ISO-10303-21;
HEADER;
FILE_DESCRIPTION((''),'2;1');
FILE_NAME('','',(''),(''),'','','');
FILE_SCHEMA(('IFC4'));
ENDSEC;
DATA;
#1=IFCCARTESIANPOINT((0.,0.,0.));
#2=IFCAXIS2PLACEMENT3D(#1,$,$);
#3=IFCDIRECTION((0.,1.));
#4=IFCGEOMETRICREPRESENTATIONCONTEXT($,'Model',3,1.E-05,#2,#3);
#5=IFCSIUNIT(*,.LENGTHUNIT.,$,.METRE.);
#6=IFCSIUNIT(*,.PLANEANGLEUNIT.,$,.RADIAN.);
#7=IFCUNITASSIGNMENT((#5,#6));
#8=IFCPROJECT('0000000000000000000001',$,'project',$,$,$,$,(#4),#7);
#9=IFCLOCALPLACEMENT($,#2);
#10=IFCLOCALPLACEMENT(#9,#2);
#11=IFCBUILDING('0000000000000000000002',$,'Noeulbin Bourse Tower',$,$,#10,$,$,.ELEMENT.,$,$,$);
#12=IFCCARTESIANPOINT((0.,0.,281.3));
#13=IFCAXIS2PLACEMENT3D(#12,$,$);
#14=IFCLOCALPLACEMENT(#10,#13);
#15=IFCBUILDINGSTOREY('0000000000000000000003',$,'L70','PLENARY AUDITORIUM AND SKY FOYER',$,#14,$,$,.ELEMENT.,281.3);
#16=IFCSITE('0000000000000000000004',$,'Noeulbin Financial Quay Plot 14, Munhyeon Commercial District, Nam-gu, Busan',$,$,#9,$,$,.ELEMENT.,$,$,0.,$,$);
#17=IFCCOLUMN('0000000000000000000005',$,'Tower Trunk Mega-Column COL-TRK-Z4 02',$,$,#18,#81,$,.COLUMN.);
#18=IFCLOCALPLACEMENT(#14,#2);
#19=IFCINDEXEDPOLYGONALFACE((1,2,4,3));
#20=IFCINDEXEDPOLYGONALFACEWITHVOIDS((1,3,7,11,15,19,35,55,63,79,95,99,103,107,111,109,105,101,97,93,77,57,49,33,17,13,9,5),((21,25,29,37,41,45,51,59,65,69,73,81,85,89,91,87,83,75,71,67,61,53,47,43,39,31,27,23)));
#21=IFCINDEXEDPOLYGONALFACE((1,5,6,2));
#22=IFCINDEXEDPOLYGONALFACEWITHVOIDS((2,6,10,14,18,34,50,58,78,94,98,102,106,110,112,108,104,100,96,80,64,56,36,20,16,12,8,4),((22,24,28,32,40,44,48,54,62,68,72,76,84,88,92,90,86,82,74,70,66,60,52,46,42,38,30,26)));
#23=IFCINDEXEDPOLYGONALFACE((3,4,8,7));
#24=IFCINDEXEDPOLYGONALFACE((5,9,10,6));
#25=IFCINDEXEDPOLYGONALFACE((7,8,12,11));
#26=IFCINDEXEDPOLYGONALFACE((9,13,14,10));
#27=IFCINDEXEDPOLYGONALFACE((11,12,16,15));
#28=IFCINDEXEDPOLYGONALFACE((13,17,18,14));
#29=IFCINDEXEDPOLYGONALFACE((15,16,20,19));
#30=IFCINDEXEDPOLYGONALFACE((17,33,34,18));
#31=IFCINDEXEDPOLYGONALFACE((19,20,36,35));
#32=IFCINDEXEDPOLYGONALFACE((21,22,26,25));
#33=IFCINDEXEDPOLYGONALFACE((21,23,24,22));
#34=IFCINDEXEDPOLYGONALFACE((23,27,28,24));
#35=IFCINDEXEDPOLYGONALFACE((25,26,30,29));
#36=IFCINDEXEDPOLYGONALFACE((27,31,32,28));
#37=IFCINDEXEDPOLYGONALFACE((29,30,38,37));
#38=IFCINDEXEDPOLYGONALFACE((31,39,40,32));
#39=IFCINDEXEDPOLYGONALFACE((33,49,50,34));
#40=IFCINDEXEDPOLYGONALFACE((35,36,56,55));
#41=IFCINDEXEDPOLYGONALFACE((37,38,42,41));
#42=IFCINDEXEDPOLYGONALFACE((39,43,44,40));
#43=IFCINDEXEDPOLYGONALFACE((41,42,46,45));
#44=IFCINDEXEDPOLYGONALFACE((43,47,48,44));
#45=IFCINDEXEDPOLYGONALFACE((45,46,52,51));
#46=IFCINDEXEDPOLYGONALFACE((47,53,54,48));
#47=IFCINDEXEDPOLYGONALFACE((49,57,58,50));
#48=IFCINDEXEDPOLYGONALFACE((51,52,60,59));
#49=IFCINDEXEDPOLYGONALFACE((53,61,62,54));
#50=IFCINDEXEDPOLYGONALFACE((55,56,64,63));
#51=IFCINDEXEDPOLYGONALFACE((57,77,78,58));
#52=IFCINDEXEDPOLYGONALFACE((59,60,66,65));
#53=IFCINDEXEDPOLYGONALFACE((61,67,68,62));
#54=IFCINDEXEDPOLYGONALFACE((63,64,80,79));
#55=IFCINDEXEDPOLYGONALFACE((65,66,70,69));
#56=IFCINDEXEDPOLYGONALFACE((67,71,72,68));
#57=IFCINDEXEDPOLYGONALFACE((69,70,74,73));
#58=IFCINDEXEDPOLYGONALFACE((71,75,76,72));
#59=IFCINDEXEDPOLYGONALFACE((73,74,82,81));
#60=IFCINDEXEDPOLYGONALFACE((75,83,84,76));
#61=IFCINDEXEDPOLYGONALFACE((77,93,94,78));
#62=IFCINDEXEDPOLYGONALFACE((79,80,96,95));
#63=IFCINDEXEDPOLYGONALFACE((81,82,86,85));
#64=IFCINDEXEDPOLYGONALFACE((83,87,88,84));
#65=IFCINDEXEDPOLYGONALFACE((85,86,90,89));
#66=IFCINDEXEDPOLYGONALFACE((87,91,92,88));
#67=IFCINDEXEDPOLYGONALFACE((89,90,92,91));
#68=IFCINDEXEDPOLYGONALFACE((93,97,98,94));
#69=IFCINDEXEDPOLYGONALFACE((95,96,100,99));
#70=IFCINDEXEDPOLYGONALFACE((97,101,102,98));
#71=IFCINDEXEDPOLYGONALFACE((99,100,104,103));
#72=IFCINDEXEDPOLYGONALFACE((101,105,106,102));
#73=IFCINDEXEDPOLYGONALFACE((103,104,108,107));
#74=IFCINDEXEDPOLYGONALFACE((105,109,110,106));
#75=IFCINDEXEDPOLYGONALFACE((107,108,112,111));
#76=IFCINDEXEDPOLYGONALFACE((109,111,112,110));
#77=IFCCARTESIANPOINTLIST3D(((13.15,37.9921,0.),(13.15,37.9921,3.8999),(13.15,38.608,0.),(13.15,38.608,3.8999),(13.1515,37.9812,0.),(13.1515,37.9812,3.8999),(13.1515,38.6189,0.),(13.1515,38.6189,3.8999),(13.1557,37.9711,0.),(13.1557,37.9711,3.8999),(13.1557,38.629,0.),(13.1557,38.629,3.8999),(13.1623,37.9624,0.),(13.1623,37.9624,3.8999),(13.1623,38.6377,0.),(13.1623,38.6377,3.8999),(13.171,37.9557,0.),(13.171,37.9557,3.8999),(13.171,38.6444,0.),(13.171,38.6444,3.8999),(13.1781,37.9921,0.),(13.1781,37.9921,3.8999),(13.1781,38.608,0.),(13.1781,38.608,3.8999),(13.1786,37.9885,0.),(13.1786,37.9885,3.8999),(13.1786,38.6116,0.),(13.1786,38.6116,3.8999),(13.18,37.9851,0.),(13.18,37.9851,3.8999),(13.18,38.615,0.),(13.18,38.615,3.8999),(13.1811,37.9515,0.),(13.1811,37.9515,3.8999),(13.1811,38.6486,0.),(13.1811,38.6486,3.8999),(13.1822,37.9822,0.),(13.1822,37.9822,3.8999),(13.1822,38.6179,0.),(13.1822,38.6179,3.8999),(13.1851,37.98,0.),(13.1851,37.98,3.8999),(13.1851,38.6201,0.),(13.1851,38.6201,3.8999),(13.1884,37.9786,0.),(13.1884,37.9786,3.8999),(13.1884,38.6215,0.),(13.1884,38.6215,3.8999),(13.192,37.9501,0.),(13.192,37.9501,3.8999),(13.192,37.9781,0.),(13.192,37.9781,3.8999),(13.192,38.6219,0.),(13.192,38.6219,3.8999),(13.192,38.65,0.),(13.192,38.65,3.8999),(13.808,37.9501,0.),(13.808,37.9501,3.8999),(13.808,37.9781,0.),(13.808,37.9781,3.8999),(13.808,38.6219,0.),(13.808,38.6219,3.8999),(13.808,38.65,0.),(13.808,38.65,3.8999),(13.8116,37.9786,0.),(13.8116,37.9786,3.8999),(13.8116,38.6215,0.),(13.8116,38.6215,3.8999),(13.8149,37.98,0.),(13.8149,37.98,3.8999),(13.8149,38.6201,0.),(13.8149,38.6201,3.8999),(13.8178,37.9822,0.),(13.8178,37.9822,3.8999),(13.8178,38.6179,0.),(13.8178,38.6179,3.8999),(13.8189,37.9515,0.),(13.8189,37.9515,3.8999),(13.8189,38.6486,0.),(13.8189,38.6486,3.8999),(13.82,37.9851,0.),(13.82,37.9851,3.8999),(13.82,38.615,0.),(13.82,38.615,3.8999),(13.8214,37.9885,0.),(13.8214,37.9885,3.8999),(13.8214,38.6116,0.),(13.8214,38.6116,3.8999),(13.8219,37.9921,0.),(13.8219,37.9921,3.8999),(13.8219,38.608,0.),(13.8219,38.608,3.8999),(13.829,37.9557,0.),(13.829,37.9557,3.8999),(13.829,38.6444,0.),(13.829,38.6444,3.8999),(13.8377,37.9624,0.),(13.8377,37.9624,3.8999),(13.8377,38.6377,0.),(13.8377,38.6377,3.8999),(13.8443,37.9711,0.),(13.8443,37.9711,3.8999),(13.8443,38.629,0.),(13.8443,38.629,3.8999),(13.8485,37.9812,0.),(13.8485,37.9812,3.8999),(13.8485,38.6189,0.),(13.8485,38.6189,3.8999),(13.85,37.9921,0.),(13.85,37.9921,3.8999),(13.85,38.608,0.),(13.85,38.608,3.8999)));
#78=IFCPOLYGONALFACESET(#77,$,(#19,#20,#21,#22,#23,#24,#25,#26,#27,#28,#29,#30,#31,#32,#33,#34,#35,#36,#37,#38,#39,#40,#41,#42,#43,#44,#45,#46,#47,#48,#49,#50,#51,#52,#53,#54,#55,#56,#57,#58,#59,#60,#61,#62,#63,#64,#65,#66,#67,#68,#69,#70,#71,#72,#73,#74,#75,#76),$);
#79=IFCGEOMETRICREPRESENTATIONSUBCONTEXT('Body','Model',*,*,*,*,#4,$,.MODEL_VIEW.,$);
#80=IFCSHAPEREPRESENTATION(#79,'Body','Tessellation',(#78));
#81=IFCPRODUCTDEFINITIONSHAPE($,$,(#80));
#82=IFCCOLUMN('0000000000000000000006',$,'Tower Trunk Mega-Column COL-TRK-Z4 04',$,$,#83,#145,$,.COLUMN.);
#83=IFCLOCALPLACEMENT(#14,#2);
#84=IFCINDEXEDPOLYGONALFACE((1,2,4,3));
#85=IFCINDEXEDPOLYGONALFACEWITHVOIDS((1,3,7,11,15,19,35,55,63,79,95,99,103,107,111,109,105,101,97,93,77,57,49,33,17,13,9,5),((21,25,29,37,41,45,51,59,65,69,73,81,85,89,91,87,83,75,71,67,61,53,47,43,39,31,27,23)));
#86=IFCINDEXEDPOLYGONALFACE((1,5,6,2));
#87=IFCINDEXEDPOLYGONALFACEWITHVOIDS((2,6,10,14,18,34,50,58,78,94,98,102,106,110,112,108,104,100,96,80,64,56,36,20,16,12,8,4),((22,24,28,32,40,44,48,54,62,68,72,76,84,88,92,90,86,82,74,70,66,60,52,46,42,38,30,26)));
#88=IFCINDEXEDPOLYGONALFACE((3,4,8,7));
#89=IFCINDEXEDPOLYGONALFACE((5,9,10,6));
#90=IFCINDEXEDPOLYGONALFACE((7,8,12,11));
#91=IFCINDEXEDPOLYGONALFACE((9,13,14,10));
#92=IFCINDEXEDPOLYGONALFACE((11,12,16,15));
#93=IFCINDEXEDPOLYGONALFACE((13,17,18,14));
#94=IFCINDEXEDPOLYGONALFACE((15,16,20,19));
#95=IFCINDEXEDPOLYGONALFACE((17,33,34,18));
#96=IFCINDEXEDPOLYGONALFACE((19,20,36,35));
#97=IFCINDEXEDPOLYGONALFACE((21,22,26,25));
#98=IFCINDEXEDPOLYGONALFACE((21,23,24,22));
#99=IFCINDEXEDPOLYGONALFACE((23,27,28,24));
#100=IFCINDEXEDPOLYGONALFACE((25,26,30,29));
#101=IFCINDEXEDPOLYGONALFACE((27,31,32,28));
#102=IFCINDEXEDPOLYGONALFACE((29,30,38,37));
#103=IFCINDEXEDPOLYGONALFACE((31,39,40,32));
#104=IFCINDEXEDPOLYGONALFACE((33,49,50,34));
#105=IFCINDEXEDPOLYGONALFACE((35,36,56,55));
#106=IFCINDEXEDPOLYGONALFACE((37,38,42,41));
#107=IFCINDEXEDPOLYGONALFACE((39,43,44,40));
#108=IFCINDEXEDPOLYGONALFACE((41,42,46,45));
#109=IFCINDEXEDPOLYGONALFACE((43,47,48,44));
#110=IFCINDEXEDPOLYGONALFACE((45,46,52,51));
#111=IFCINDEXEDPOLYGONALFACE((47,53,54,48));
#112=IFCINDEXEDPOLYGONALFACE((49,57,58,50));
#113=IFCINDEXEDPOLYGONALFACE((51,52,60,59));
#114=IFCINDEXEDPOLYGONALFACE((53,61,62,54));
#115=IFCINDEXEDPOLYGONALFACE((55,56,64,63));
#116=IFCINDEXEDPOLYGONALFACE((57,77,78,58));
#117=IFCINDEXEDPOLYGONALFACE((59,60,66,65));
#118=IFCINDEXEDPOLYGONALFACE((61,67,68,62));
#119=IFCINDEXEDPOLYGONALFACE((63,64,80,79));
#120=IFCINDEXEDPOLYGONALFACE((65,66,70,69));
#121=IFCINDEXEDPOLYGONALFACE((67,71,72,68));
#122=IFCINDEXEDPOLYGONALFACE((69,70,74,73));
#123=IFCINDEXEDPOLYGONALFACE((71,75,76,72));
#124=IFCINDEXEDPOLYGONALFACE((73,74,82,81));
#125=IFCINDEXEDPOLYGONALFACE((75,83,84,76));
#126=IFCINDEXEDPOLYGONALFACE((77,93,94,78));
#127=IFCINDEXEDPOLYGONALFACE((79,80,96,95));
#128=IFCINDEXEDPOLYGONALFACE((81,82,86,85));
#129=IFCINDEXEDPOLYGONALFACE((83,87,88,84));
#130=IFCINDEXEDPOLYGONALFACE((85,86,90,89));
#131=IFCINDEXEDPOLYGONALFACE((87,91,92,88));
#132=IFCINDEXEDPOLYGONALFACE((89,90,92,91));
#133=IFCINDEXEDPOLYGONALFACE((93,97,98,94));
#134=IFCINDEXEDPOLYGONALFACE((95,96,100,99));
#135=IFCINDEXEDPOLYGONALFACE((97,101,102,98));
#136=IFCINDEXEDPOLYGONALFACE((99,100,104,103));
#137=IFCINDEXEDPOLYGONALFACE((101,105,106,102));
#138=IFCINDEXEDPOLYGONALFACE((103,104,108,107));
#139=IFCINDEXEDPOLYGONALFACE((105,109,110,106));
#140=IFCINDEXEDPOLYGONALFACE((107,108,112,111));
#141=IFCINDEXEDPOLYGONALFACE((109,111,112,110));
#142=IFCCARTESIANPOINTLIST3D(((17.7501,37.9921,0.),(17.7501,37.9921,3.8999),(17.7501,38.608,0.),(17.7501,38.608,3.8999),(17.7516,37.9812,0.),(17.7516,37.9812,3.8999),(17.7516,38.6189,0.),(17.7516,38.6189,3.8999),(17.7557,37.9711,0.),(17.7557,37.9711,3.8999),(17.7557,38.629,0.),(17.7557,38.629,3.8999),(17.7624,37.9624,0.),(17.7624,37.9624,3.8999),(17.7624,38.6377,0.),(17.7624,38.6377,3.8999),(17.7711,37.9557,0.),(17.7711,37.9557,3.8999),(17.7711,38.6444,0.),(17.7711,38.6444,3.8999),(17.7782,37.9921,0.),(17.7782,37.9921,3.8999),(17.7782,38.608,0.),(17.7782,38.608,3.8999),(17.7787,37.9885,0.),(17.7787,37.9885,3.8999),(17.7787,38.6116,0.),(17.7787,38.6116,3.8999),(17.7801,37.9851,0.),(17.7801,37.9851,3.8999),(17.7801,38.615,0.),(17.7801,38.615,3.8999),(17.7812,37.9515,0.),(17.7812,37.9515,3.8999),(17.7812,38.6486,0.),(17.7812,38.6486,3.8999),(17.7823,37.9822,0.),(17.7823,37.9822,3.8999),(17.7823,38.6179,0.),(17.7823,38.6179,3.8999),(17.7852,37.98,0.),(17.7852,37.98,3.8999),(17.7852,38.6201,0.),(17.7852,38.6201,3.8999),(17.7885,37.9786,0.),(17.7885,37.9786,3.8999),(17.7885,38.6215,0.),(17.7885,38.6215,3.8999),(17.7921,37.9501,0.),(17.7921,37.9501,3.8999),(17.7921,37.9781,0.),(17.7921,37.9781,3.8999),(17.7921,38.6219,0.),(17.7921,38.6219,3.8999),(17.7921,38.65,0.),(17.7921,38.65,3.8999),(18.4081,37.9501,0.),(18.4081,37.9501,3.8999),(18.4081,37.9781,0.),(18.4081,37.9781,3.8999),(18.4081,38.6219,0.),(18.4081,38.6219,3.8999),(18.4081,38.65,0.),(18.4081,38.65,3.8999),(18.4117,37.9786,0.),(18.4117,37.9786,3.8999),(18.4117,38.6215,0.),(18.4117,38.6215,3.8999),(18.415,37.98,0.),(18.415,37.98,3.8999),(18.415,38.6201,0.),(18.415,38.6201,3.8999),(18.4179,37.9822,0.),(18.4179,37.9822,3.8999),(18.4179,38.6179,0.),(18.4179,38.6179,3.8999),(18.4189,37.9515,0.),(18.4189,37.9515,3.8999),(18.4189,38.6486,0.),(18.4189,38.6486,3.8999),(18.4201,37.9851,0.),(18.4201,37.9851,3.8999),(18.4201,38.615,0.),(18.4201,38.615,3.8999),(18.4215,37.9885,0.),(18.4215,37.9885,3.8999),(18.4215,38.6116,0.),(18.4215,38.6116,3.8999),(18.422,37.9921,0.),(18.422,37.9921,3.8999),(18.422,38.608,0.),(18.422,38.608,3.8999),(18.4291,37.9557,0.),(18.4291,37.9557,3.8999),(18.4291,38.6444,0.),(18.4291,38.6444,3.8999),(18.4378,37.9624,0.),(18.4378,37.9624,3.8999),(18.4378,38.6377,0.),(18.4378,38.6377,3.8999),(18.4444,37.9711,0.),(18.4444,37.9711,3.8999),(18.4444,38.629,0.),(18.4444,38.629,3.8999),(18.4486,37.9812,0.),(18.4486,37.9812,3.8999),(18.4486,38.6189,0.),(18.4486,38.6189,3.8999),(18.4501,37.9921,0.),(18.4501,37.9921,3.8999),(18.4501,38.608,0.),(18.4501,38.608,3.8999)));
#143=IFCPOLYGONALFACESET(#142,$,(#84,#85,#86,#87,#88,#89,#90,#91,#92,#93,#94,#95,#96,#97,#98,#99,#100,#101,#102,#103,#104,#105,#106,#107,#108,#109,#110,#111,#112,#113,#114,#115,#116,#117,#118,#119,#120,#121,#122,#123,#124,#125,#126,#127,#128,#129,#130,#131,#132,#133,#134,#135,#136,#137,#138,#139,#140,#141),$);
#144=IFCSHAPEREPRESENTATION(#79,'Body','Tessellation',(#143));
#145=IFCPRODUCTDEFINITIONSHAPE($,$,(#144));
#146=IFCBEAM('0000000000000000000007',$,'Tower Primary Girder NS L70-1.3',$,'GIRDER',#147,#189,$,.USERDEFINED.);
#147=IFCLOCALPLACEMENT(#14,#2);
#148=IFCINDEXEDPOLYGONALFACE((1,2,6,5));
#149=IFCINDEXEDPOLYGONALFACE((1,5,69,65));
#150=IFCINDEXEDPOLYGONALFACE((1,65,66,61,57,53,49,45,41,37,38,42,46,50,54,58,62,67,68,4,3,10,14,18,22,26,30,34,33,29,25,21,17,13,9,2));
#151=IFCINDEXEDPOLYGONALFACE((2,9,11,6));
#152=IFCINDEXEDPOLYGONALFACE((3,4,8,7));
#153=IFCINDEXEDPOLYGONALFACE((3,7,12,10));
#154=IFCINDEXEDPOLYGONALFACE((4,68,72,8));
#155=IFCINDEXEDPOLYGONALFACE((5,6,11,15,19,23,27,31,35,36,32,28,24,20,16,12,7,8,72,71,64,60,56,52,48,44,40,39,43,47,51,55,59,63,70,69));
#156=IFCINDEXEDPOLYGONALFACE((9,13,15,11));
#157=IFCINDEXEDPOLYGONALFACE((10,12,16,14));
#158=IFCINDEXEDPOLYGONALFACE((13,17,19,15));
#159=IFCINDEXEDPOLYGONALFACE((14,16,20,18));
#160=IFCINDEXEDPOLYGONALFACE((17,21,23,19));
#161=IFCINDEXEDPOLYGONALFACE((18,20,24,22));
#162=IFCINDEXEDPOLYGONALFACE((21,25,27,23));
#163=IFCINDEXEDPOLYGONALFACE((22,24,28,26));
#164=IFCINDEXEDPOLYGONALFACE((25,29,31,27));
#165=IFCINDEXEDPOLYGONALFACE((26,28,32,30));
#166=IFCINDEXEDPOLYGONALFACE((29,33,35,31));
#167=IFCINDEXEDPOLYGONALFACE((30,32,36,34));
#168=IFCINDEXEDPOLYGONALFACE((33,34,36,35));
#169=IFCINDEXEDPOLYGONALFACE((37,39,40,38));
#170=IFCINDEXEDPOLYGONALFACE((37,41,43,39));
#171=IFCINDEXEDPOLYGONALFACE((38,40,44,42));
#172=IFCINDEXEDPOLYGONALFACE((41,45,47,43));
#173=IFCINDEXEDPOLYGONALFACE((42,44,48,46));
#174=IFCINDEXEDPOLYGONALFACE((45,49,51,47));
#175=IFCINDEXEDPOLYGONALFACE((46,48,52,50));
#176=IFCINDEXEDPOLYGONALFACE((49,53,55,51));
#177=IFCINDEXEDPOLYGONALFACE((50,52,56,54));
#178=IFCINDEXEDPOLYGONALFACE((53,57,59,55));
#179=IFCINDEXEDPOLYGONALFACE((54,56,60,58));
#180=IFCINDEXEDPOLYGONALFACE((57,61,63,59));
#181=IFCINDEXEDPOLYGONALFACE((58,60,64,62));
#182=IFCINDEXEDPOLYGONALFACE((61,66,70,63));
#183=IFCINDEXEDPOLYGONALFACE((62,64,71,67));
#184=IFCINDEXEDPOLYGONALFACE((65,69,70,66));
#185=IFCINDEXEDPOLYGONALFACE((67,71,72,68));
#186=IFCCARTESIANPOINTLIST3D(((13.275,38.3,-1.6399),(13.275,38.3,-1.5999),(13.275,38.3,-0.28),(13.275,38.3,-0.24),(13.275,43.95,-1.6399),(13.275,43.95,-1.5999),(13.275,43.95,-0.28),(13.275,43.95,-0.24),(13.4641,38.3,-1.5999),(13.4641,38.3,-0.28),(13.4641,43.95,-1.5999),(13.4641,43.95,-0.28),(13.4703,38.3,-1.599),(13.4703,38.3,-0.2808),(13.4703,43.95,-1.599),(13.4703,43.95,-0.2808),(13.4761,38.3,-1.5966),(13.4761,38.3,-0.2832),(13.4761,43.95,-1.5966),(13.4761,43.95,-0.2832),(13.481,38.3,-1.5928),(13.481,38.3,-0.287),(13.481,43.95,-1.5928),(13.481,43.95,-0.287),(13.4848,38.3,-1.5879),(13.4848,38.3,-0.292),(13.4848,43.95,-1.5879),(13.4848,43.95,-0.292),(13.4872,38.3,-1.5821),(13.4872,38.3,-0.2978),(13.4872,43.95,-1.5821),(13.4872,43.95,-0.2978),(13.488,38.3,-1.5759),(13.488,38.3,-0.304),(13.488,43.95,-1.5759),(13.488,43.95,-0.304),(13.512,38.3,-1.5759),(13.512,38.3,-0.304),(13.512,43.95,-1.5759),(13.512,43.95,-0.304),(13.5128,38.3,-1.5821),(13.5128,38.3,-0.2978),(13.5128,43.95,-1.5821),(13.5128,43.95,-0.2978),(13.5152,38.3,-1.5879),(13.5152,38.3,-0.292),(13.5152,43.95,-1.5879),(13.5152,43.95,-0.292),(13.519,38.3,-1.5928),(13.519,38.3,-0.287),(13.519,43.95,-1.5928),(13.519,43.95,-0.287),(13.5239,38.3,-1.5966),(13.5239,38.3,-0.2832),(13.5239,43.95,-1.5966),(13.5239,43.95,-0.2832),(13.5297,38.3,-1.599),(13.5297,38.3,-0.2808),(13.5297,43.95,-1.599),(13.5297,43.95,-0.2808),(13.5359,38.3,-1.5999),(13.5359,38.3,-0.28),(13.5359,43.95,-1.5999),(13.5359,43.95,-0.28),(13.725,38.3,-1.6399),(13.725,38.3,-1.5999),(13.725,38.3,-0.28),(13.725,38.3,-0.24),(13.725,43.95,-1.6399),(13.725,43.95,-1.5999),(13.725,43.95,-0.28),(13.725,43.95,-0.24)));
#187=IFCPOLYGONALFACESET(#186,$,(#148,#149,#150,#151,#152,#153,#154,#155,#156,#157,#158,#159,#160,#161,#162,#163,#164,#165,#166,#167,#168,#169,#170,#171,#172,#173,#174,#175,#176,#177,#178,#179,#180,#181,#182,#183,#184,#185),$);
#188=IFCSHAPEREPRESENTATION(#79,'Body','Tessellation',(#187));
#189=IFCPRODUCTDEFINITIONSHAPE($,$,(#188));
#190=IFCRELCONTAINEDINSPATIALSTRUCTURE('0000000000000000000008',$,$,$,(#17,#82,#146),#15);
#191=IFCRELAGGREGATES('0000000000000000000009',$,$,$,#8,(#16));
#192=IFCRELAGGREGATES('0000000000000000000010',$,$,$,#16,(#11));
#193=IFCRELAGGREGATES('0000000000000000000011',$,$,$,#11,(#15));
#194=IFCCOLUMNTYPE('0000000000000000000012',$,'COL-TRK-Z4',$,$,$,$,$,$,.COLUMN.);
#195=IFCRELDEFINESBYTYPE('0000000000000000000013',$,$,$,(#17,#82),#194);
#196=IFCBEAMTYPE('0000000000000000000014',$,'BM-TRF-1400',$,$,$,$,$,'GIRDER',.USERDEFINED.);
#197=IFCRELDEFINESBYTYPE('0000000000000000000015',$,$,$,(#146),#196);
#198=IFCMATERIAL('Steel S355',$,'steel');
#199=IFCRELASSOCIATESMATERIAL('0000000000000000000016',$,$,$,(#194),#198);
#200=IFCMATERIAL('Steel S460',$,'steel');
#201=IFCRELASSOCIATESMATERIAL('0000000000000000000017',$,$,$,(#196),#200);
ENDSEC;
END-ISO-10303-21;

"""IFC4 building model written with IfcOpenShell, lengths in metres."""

from ifc_helpers import new_model, si_unit, direction, frame, origin, origin_2d, place, context, subcontext, project, spatial, hollow_rectangle, i_section, extrude, material, material_profile, profile_set, type_object, element, save


model = new_model("IFC4")

# Units and contexts
model_context = context("Model", 3, precision=1e-05, world=origin(), true_north=direction((0.0, 1.0)))
body_context = subcontext(model_context, "Body", "Model", "MODEL_VIEW")
ifc_project = project(units=[si_unit("LENGTHUNIT", "METRE"), si_unit("PLANEANGLEUNIT", "RADIAN")], contexts=[model_context])

# Site, building, storey
site_placement = place(None, origin())
site = spatial("IfcSite", under=ifc_project, at=site_placement, Name="Noeulbin Financial Quay Plot 14, Munhyeon Commercial District, Nam-gu, Busan", CompositionType="ELEMENT", RefElevation=0.0)
building_placement = place(site_placement, origin())
building = spatial("IfcBuilding", under=site, at=building_placement, Name="Noeulbin Bourse Tower", CompositionType="ELEMENT")
storey_placement = place(building_placement, frame((0.0, 0.0, 281.3)))
storey = spatial("IfcBuildingStorey", under=building, at=storey_placement, Name="L70", Description="PLENARY AUDITORIUM AND SKY FOYER", CompositionType="ELEMENT", Elevation=281.3)

# Columns
ifc_material_1 = material(Name="Steel S355", Category="steel")
ifc_material_profile_1 = material_profile(ifc_material_1, hollow_rectangle(XDim=0.7, YDim=0.7, WallThickness=0.0281, InnerFilletRadius=0.0139, OuterFilletRadius=0.042, at=origin_2d()), Name="BOX-700x700x28", Category="LoadBearing")
ifc_profile_set_1 = profile_set([ifc_material_profile_1], Name="Steel S355")
column_type = type_object("IfcColumnType", Name="COL-TRK-Z4", PredefinedType="COLUMN", material=ifc_profile_set_1)
for number, where, z_axis, x_axis, name in (
    (1, (13.5, 38.3, 0.0), (0.0, 0.0, 1.0), (1.0, 0.0, 0.0), "Tower Trunk Mega-Column COL-TRK-Z4 02"),
    (2, (18.1001, 38.3, 0.0), (0.0, 0.0, 1.0), (1.0, 0.0, 0.0), "Tower Trunk Mega-Column COL-TRK-Z4 04"),
):
    element("IfcColumn", number, at=place(storey_placement, frame(where, z_axis=z_axis, x_axis=x_axis)), inside=storey, type_object=column_type, Name=name, PredefinedType="COLUMN", context=body_context, shape_type="SweptSolid", body=[
        extrude(hollow_rectangle(XDim=0.7, YDim=0.7, WallThickness=0.0281, InnerFilletRadius=0.0139, OuterFilletRadius=0.042, at=origin_2d()), origin(), (0.0, 0.0, 1.0), 3.8999),
    ])

# Beam
ifc_material_2 = material(Name="Steel S460", Category="steel")
ifc_material_profile_2 = material_profile(ifc_material_2, i_section(OverallWidth=0.45, OverallDepth=1.3999, WebThickness=0.0239, FlangeThickness=0.04, FilletRadius=0.0239, at=origin_2d()), Name="PG-1400x450x24x40", Category="LoadBearing")
ifc_profile_set_2 = profile_set([ifc_material_profile_2], Name="Steel S460")
beam_type = type_object("IfcBeamType", Name="BM-TRF-1400", ElementType="GIRDER", PredefinedType="USERDEFINED", material=ifc_profile_set_2)
beam_placement = place(storey_placement, frame((13.5, 38.3, -0.9399), z_axis=(0.0, 1.0, 0.0), x_axis=(-1.0, 0.0, 0.0)))
element("IfcBeam", 3, at=beam_placement, inside=storey, type_object=beam_type, Name="Tower Primary Girder NS L70-1.3", ObjectType="GIRDER", PredefinedType="USERDEFINED", context=body_context, shape_type="SweptSolid", body=[
    extrude(i_section(OverallWidth=0.45, OverallDepth=1.3999, WebThickness=0.0239, FlangeThickness=0.04, FilletRadius=0.0239, at=origin_2d()), origin(), (0.0, 0.0, 1.0), 5.6499),
])

save(model, "model.ifc")
